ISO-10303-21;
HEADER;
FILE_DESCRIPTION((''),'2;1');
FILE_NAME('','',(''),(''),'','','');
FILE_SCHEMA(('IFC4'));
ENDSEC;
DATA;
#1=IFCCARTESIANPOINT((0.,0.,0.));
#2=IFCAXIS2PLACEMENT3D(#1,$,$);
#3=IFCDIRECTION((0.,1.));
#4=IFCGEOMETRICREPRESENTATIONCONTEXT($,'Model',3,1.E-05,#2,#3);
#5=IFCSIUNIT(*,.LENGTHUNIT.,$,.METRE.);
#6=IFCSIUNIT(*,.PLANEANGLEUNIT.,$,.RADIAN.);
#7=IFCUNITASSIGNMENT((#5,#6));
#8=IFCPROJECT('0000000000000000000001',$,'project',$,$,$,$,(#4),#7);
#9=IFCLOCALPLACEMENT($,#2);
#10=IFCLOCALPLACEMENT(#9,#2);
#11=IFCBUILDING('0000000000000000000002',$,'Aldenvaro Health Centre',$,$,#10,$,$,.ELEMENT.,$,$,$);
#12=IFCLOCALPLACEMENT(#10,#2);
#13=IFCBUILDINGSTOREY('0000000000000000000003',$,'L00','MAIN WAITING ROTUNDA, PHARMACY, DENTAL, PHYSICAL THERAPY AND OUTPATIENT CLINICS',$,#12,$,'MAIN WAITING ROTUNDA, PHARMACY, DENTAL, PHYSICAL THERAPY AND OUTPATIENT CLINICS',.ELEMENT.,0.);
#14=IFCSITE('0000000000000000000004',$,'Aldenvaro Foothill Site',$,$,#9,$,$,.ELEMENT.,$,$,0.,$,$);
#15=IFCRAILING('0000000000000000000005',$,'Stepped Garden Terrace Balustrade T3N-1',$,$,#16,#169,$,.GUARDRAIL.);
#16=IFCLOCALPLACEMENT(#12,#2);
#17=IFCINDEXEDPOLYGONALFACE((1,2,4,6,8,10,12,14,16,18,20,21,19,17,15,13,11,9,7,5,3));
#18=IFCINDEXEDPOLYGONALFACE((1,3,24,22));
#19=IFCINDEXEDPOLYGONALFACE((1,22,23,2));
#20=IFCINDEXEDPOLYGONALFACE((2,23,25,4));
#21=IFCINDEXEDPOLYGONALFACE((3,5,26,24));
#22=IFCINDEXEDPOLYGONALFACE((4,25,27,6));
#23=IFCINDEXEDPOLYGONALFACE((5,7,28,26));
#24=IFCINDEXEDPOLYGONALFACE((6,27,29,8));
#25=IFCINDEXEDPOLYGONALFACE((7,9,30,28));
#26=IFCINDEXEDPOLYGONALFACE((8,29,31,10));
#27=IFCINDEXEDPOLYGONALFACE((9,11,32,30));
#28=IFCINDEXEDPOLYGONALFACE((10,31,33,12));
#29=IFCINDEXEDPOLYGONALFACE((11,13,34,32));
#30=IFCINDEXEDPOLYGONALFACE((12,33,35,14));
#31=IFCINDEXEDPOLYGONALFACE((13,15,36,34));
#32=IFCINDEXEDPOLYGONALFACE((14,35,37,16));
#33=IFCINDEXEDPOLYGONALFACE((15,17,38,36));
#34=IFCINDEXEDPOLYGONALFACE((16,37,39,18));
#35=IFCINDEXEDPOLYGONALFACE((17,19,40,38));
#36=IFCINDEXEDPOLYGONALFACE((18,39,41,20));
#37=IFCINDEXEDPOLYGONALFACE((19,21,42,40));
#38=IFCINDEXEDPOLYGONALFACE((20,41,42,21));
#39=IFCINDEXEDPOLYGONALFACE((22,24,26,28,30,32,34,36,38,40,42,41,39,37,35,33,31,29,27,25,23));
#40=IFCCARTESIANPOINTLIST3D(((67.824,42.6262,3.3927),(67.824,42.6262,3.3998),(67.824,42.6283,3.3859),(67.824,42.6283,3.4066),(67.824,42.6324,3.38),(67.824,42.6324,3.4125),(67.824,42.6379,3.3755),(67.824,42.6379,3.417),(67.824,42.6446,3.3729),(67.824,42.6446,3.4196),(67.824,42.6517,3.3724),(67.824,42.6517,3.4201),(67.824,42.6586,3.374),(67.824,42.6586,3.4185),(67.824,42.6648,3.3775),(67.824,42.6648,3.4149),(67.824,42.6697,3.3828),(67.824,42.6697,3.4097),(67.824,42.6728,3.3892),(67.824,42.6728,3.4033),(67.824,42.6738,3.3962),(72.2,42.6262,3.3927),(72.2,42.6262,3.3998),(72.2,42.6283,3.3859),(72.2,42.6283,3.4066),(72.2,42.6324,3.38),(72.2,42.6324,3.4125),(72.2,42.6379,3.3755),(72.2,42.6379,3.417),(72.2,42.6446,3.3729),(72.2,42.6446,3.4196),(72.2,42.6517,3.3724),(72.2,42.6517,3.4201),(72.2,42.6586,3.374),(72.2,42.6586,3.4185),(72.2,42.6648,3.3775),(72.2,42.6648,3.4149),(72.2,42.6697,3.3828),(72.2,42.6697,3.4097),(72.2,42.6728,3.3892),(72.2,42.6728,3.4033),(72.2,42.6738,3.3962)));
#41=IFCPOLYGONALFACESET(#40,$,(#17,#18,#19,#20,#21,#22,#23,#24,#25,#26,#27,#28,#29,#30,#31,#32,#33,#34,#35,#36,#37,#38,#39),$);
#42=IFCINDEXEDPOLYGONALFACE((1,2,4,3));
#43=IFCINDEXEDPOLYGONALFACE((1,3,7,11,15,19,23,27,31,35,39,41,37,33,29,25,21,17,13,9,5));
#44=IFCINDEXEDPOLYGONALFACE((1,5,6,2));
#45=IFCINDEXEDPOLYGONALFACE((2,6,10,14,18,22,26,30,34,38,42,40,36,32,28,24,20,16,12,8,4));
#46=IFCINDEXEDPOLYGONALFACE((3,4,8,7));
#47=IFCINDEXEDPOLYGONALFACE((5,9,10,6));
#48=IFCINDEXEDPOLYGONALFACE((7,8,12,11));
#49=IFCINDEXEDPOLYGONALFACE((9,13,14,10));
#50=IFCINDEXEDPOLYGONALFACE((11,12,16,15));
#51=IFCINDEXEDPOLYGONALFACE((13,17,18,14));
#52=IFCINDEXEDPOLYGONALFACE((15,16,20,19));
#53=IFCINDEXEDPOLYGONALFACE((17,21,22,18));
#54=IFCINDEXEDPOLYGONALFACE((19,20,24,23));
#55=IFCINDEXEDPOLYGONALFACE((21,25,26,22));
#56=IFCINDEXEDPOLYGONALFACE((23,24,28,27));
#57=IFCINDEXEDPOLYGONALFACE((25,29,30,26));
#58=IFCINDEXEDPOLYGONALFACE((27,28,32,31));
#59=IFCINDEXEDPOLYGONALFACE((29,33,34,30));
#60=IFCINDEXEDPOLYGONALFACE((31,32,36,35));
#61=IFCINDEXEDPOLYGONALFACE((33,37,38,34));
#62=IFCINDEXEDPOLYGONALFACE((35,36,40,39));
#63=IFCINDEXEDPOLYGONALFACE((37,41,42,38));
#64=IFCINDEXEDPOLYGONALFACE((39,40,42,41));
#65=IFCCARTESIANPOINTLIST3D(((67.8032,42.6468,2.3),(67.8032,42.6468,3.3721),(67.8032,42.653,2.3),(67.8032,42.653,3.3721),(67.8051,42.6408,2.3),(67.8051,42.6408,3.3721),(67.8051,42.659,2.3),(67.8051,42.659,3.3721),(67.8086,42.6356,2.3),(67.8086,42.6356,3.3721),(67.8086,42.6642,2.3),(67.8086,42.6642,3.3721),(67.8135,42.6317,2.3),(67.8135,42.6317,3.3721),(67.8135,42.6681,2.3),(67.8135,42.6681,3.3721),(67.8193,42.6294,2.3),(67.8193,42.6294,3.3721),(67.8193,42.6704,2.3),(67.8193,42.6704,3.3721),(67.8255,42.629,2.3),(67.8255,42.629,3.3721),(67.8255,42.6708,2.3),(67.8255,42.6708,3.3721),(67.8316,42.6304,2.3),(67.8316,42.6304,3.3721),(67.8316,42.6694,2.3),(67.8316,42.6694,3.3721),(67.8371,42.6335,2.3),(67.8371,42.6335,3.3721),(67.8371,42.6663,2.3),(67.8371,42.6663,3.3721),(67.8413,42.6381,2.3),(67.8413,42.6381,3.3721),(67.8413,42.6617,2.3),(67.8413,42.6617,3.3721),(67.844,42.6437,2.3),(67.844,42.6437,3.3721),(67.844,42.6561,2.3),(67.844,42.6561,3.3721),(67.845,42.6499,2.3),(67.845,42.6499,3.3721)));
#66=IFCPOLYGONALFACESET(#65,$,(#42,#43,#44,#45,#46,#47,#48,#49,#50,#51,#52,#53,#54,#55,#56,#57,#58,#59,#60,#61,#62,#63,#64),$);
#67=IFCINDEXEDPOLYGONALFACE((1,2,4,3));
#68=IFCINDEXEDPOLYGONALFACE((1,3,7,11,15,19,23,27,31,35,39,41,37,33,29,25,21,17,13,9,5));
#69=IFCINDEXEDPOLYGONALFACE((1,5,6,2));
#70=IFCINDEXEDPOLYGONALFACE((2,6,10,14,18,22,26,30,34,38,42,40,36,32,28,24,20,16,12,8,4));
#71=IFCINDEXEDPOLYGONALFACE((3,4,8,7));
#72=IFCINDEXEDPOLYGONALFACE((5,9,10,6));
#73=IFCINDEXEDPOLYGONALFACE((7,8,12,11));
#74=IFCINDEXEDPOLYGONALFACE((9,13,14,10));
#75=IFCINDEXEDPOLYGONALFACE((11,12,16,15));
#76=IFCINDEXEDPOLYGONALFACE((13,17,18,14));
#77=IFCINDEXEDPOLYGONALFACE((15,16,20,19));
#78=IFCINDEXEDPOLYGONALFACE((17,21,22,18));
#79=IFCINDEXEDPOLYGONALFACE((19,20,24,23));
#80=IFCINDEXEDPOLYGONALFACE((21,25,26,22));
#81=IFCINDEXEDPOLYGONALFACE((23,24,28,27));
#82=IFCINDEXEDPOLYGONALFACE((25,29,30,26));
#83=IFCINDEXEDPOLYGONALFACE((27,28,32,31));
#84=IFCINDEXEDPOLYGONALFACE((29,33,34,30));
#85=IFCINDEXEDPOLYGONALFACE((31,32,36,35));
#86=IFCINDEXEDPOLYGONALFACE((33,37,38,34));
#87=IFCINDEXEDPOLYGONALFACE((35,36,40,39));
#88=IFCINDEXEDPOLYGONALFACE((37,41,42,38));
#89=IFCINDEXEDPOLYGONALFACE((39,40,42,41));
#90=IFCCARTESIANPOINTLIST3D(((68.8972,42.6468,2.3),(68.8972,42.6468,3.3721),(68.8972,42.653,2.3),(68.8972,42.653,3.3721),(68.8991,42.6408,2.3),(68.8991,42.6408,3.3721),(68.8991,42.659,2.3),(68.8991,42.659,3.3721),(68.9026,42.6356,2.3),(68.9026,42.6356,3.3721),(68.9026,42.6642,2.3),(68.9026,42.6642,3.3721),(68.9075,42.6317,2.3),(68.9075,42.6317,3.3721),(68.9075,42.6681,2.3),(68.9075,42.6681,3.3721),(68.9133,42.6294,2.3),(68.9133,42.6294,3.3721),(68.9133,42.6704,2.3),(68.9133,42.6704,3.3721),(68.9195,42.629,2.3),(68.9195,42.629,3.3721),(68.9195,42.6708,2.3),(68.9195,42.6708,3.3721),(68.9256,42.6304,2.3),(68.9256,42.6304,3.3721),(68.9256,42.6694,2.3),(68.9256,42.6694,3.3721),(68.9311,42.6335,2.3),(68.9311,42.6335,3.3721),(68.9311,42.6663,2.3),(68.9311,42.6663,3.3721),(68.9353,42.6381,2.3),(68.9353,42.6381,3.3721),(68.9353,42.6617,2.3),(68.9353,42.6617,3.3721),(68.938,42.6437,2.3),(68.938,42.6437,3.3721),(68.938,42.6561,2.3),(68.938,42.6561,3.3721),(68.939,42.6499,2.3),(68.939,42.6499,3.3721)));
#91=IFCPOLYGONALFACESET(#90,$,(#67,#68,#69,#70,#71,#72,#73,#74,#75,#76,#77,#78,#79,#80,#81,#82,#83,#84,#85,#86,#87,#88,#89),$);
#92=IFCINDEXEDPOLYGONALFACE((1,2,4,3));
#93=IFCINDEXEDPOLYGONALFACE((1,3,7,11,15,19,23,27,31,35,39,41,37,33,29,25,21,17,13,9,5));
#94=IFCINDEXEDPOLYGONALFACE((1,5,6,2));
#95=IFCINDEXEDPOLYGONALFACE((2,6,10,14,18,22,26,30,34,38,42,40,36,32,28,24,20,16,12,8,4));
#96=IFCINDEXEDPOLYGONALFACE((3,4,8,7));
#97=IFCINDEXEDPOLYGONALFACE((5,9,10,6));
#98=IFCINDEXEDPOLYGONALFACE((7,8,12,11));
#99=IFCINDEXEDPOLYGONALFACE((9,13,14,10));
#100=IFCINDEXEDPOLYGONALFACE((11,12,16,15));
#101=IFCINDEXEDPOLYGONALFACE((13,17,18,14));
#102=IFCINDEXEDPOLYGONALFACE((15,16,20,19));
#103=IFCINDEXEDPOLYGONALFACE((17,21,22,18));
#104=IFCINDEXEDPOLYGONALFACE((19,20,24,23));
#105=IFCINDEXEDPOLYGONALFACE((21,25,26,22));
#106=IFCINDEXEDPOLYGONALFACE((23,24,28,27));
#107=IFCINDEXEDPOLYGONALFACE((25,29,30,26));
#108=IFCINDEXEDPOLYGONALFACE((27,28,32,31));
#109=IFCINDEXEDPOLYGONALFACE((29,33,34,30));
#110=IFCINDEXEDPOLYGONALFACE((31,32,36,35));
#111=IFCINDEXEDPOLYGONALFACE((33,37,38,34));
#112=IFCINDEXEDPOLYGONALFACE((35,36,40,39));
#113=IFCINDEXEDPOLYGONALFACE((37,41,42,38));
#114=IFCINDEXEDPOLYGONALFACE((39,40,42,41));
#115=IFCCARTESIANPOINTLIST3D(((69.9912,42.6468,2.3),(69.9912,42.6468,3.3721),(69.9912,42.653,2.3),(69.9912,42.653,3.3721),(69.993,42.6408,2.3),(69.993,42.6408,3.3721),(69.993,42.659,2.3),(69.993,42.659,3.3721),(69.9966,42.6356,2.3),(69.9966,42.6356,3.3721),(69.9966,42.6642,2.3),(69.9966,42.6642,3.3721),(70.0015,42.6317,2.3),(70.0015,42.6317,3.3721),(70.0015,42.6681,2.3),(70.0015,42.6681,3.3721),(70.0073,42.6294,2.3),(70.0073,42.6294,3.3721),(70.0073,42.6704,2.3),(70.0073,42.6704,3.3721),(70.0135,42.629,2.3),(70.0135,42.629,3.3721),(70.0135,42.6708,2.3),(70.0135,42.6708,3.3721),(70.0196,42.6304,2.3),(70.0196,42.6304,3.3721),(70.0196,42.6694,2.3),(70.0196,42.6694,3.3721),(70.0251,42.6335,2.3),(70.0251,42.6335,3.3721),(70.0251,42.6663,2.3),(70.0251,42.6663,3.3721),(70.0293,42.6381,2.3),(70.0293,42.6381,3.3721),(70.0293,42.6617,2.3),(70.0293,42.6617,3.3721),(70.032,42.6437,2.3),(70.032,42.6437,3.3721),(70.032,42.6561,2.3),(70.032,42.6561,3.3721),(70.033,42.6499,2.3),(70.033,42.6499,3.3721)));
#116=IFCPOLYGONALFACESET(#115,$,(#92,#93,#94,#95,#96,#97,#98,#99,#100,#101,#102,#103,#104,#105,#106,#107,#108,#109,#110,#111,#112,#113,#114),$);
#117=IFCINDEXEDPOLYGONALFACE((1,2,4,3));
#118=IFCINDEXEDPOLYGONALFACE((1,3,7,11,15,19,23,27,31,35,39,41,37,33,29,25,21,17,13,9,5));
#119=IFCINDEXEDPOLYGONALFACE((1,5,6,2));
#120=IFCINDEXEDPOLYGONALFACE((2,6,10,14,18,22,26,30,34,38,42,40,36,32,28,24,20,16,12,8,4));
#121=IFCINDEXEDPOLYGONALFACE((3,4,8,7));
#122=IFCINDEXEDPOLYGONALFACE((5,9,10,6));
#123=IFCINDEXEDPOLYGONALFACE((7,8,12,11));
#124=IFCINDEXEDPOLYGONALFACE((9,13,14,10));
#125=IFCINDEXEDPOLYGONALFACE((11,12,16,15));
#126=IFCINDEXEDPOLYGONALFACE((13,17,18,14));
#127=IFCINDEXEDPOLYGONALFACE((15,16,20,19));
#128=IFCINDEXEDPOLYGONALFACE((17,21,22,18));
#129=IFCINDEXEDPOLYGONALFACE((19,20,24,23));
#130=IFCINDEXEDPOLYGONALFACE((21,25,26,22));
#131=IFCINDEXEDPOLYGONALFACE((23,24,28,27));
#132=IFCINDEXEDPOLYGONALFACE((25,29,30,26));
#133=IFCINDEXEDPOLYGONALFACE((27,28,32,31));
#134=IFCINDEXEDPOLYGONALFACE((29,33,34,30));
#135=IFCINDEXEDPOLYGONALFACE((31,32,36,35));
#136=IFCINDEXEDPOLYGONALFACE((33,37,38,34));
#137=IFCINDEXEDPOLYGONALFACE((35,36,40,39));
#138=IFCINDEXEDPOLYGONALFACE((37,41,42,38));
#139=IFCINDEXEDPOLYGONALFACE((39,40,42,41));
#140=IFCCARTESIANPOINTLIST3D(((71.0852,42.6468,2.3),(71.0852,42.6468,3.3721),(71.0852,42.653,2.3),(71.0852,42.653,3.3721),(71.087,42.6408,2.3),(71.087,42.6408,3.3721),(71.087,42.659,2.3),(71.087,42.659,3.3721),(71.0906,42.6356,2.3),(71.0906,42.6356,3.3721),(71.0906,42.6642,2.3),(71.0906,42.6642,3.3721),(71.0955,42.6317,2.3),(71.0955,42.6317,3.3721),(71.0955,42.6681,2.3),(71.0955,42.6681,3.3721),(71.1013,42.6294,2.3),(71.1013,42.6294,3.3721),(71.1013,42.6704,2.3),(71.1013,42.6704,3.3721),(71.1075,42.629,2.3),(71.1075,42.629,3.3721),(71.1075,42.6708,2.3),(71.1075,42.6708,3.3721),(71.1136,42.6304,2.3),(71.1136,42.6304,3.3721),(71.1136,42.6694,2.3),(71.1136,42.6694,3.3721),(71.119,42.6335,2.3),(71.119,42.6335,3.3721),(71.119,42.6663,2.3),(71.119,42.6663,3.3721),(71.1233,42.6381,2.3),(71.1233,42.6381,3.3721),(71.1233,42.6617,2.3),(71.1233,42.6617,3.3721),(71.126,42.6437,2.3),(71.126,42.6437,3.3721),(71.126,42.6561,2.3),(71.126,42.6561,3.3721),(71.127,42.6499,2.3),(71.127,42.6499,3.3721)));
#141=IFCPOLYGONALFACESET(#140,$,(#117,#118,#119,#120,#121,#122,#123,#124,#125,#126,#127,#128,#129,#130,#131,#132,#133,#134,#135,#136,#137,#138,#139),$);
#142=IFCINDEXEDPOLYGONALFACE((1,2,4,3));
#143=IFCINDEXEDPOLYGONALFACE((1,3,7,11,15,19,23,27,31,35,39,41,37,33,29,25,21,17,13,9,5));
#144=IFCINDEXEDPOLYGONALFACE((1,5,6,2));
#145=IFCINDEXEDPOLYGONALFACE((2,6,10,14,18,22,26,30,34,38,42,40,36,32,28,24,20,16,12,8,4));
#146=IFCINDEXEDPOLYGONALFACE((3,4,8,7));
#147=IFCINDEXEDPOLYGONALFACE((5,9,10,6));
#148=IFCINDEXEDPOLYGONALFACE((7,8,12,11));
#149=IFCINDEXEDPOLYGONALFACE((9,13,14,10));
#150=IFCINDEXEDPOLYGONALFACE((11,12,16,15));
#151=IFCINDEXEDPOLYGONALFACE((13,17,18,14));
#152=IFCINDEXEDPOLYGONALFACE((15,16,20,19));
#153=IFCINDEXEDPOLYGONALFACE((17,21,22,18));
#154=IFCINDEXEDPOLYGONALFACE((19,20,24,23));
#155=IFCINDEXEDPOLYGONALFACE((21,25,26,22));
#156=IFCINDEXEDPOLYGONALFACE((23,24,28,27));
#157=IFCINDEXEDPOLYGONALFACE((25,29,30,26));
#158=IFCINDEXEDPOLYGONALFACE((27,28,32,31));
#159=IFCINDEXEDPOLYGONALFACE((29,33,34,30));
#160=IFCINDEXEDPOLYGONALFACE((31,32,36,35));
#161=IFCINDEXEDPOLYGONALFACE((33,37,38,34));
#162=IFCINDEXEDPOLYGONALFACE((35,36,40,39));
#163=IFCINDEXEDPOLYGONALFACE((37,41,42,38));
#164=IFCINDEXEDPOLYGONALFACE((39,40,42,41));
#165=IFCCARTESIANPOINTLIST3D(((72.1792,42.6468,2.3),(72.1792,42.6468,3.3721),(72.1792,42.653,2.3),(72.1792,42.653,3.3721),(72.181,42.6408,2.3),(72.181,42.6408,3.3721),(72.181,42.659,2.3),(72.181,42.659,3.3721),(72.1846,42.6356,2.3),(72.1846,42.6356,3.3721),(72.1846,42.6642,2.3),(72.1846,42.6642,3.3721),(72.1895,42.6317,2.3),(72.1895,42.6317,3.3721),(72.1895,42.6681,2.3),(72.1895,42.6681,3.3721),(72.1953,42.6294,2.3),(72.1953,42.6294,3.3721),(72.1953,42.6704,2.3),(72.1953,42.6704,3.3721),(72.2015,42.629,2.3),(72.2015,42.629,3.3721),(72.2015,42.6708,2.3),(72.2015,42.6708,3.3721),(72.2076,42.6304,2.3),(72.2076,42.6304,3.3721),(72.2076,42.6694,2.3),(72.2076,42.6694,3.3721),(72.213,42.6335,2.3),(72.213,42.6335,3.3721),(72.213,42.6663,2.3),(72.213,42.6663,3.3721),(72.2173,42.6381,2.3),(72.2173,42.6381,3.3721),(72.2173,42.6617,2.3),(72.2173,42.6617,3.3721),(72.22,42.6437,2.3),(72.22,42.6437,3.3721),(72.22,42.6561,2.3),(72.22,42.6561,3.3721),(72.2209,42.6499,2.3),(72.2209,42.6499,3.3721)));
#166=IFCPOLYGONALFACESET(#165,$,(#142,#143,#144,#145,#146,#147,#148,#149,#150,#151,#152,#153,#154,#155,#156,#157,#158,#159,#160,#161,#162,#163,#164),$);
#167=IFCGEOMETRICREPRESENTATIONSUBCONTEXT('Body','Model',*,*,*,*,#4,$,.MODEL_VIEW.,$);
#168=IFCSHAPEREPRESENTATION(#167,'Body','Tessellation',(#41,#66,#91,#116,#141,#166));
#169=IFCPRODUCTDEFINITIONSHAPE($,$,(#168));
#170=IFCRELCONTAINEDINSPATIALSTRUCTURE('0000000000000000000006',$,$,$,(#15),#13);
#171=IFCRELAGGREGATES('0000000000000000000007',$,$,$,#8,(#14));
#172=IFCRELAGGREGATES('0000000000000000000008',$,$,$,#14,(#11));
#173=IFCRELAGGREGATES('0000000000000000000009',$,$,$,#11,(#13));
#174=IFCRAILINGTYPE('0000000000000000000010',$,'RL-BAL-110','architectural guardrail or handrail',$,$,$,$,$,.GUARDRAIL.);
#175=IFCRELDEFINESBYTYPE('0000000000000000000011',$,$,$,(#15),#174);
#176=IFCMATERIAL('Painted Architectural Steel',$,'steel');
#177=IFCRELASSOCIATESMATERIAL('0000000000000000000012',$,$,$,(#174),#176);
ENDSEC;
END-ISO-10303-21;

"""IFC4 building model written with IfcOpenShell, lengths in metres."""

from ifc_helpers import new_model, si_unit, direction, frame, origin, origin_2d, place, context, subcontext, project, spatial, circle, extrude, material, type_object, element, save


model = new_model("IFC4")

# Units and contexts
model_context = context("Model", 3, precision=1e-05, world=origin(), true_north=direction((0.0, 1.0)))
body_context = subcontext(model_context, "Body", "Model", "MODEL_VIEW")
ifc_project = project(units=[si_unit("LENGTHUNIT", "METRE"), si_unit("PLANEANGLEUNIT", "RADIAN")], contexts=[model_context])

# Site, building, storey
site_placement = place(None, origin())
site = spatial("IfcSite", under=ifc_project, at=site_placement, Name="Aldenvaro Foothill Site", CompositionType="ELEMENT", RefElevation=0.0)
building_placement = place(site_placement, origin())
building = spatial("IfcBuilding", under=site, at=building_placement, Name="Aldenvaro Health Centre", CompositionType="ELEMENT")
storey_placement = place(building_placement, origin())
storey = spatial("IfcBuildingStorey", under=building, at=storey_placement, Name="L00", Description="MAIN WAITING ROTUNDA, PHARMACY, DENTAL, PHYSICAL THERAPY AND OUTPATIENT CLINICS", LongName="MAIN WAITING ROTUNDA, PHARMACY, DENTAL, PHYSICAL THERAPY AND OUTPATIENT CLINICS", CompositionType="ELEMENT", Elevation=0.0)

# Railing
ifc_material_1 = material(Name="Painted Architectural Steel", Category="steel")
railing_type_1 = type_object("IfcRailingType", Name="RL-BAL-110", Description="architectural guardrail or handrail", PredefinedType="GUARDRAIL", material=ifc_material_1)
railing_1_placement = place(storey_placement, frame((67.824, 42.6499, 2.3)))
element("IfcRailing", 1, at=railing_1_placement, inside=storey, type_object=railing_type_1, Name="Stepped Garden Terrace Balustrade T3N-1", PredefinedType="GUARDRAIL", context=body_context, shape_type="SweptSolid", body=[
    extrude(circle(Radius=0.0239, at=origin_2d()), frame((0.0, 0.0, 1.0962), z_axis=(1.0, 0.0, 0.0), x_axis=(0.0, 1.0, 0.0)), (0.0, 0.0, 1.0), 4.376),
    extrude(circle(Radius=0.021, at=origin_2d()), origin(), (0.0, 0.0, 1.0), 1.072),
    extrude(circle(Radius=0.021, at=origin_2d()), frame((1.094, 0.0, 0.0)), (0.0, 0.0, 1.0), 1.072),
    extrude(circle(Radius=0.021, at=origin_2d()), frame((2.188, 0.0, 0.0)), (0.0, 0.0, 1.0), 1.072),
    extrude(circle(Radius=0.021, at=origin_2d()), frame((3.282, 0.0, 0.0)), (0.0, 0.0, 1.0), 1.072),
    extrude(circle(Radius=0.021, at=origin_2d()), frame((4.376, 0.0, 0.0)), (0.0, 0.0, 1.0), 1.072),
])

save(model, "model.ifc")
